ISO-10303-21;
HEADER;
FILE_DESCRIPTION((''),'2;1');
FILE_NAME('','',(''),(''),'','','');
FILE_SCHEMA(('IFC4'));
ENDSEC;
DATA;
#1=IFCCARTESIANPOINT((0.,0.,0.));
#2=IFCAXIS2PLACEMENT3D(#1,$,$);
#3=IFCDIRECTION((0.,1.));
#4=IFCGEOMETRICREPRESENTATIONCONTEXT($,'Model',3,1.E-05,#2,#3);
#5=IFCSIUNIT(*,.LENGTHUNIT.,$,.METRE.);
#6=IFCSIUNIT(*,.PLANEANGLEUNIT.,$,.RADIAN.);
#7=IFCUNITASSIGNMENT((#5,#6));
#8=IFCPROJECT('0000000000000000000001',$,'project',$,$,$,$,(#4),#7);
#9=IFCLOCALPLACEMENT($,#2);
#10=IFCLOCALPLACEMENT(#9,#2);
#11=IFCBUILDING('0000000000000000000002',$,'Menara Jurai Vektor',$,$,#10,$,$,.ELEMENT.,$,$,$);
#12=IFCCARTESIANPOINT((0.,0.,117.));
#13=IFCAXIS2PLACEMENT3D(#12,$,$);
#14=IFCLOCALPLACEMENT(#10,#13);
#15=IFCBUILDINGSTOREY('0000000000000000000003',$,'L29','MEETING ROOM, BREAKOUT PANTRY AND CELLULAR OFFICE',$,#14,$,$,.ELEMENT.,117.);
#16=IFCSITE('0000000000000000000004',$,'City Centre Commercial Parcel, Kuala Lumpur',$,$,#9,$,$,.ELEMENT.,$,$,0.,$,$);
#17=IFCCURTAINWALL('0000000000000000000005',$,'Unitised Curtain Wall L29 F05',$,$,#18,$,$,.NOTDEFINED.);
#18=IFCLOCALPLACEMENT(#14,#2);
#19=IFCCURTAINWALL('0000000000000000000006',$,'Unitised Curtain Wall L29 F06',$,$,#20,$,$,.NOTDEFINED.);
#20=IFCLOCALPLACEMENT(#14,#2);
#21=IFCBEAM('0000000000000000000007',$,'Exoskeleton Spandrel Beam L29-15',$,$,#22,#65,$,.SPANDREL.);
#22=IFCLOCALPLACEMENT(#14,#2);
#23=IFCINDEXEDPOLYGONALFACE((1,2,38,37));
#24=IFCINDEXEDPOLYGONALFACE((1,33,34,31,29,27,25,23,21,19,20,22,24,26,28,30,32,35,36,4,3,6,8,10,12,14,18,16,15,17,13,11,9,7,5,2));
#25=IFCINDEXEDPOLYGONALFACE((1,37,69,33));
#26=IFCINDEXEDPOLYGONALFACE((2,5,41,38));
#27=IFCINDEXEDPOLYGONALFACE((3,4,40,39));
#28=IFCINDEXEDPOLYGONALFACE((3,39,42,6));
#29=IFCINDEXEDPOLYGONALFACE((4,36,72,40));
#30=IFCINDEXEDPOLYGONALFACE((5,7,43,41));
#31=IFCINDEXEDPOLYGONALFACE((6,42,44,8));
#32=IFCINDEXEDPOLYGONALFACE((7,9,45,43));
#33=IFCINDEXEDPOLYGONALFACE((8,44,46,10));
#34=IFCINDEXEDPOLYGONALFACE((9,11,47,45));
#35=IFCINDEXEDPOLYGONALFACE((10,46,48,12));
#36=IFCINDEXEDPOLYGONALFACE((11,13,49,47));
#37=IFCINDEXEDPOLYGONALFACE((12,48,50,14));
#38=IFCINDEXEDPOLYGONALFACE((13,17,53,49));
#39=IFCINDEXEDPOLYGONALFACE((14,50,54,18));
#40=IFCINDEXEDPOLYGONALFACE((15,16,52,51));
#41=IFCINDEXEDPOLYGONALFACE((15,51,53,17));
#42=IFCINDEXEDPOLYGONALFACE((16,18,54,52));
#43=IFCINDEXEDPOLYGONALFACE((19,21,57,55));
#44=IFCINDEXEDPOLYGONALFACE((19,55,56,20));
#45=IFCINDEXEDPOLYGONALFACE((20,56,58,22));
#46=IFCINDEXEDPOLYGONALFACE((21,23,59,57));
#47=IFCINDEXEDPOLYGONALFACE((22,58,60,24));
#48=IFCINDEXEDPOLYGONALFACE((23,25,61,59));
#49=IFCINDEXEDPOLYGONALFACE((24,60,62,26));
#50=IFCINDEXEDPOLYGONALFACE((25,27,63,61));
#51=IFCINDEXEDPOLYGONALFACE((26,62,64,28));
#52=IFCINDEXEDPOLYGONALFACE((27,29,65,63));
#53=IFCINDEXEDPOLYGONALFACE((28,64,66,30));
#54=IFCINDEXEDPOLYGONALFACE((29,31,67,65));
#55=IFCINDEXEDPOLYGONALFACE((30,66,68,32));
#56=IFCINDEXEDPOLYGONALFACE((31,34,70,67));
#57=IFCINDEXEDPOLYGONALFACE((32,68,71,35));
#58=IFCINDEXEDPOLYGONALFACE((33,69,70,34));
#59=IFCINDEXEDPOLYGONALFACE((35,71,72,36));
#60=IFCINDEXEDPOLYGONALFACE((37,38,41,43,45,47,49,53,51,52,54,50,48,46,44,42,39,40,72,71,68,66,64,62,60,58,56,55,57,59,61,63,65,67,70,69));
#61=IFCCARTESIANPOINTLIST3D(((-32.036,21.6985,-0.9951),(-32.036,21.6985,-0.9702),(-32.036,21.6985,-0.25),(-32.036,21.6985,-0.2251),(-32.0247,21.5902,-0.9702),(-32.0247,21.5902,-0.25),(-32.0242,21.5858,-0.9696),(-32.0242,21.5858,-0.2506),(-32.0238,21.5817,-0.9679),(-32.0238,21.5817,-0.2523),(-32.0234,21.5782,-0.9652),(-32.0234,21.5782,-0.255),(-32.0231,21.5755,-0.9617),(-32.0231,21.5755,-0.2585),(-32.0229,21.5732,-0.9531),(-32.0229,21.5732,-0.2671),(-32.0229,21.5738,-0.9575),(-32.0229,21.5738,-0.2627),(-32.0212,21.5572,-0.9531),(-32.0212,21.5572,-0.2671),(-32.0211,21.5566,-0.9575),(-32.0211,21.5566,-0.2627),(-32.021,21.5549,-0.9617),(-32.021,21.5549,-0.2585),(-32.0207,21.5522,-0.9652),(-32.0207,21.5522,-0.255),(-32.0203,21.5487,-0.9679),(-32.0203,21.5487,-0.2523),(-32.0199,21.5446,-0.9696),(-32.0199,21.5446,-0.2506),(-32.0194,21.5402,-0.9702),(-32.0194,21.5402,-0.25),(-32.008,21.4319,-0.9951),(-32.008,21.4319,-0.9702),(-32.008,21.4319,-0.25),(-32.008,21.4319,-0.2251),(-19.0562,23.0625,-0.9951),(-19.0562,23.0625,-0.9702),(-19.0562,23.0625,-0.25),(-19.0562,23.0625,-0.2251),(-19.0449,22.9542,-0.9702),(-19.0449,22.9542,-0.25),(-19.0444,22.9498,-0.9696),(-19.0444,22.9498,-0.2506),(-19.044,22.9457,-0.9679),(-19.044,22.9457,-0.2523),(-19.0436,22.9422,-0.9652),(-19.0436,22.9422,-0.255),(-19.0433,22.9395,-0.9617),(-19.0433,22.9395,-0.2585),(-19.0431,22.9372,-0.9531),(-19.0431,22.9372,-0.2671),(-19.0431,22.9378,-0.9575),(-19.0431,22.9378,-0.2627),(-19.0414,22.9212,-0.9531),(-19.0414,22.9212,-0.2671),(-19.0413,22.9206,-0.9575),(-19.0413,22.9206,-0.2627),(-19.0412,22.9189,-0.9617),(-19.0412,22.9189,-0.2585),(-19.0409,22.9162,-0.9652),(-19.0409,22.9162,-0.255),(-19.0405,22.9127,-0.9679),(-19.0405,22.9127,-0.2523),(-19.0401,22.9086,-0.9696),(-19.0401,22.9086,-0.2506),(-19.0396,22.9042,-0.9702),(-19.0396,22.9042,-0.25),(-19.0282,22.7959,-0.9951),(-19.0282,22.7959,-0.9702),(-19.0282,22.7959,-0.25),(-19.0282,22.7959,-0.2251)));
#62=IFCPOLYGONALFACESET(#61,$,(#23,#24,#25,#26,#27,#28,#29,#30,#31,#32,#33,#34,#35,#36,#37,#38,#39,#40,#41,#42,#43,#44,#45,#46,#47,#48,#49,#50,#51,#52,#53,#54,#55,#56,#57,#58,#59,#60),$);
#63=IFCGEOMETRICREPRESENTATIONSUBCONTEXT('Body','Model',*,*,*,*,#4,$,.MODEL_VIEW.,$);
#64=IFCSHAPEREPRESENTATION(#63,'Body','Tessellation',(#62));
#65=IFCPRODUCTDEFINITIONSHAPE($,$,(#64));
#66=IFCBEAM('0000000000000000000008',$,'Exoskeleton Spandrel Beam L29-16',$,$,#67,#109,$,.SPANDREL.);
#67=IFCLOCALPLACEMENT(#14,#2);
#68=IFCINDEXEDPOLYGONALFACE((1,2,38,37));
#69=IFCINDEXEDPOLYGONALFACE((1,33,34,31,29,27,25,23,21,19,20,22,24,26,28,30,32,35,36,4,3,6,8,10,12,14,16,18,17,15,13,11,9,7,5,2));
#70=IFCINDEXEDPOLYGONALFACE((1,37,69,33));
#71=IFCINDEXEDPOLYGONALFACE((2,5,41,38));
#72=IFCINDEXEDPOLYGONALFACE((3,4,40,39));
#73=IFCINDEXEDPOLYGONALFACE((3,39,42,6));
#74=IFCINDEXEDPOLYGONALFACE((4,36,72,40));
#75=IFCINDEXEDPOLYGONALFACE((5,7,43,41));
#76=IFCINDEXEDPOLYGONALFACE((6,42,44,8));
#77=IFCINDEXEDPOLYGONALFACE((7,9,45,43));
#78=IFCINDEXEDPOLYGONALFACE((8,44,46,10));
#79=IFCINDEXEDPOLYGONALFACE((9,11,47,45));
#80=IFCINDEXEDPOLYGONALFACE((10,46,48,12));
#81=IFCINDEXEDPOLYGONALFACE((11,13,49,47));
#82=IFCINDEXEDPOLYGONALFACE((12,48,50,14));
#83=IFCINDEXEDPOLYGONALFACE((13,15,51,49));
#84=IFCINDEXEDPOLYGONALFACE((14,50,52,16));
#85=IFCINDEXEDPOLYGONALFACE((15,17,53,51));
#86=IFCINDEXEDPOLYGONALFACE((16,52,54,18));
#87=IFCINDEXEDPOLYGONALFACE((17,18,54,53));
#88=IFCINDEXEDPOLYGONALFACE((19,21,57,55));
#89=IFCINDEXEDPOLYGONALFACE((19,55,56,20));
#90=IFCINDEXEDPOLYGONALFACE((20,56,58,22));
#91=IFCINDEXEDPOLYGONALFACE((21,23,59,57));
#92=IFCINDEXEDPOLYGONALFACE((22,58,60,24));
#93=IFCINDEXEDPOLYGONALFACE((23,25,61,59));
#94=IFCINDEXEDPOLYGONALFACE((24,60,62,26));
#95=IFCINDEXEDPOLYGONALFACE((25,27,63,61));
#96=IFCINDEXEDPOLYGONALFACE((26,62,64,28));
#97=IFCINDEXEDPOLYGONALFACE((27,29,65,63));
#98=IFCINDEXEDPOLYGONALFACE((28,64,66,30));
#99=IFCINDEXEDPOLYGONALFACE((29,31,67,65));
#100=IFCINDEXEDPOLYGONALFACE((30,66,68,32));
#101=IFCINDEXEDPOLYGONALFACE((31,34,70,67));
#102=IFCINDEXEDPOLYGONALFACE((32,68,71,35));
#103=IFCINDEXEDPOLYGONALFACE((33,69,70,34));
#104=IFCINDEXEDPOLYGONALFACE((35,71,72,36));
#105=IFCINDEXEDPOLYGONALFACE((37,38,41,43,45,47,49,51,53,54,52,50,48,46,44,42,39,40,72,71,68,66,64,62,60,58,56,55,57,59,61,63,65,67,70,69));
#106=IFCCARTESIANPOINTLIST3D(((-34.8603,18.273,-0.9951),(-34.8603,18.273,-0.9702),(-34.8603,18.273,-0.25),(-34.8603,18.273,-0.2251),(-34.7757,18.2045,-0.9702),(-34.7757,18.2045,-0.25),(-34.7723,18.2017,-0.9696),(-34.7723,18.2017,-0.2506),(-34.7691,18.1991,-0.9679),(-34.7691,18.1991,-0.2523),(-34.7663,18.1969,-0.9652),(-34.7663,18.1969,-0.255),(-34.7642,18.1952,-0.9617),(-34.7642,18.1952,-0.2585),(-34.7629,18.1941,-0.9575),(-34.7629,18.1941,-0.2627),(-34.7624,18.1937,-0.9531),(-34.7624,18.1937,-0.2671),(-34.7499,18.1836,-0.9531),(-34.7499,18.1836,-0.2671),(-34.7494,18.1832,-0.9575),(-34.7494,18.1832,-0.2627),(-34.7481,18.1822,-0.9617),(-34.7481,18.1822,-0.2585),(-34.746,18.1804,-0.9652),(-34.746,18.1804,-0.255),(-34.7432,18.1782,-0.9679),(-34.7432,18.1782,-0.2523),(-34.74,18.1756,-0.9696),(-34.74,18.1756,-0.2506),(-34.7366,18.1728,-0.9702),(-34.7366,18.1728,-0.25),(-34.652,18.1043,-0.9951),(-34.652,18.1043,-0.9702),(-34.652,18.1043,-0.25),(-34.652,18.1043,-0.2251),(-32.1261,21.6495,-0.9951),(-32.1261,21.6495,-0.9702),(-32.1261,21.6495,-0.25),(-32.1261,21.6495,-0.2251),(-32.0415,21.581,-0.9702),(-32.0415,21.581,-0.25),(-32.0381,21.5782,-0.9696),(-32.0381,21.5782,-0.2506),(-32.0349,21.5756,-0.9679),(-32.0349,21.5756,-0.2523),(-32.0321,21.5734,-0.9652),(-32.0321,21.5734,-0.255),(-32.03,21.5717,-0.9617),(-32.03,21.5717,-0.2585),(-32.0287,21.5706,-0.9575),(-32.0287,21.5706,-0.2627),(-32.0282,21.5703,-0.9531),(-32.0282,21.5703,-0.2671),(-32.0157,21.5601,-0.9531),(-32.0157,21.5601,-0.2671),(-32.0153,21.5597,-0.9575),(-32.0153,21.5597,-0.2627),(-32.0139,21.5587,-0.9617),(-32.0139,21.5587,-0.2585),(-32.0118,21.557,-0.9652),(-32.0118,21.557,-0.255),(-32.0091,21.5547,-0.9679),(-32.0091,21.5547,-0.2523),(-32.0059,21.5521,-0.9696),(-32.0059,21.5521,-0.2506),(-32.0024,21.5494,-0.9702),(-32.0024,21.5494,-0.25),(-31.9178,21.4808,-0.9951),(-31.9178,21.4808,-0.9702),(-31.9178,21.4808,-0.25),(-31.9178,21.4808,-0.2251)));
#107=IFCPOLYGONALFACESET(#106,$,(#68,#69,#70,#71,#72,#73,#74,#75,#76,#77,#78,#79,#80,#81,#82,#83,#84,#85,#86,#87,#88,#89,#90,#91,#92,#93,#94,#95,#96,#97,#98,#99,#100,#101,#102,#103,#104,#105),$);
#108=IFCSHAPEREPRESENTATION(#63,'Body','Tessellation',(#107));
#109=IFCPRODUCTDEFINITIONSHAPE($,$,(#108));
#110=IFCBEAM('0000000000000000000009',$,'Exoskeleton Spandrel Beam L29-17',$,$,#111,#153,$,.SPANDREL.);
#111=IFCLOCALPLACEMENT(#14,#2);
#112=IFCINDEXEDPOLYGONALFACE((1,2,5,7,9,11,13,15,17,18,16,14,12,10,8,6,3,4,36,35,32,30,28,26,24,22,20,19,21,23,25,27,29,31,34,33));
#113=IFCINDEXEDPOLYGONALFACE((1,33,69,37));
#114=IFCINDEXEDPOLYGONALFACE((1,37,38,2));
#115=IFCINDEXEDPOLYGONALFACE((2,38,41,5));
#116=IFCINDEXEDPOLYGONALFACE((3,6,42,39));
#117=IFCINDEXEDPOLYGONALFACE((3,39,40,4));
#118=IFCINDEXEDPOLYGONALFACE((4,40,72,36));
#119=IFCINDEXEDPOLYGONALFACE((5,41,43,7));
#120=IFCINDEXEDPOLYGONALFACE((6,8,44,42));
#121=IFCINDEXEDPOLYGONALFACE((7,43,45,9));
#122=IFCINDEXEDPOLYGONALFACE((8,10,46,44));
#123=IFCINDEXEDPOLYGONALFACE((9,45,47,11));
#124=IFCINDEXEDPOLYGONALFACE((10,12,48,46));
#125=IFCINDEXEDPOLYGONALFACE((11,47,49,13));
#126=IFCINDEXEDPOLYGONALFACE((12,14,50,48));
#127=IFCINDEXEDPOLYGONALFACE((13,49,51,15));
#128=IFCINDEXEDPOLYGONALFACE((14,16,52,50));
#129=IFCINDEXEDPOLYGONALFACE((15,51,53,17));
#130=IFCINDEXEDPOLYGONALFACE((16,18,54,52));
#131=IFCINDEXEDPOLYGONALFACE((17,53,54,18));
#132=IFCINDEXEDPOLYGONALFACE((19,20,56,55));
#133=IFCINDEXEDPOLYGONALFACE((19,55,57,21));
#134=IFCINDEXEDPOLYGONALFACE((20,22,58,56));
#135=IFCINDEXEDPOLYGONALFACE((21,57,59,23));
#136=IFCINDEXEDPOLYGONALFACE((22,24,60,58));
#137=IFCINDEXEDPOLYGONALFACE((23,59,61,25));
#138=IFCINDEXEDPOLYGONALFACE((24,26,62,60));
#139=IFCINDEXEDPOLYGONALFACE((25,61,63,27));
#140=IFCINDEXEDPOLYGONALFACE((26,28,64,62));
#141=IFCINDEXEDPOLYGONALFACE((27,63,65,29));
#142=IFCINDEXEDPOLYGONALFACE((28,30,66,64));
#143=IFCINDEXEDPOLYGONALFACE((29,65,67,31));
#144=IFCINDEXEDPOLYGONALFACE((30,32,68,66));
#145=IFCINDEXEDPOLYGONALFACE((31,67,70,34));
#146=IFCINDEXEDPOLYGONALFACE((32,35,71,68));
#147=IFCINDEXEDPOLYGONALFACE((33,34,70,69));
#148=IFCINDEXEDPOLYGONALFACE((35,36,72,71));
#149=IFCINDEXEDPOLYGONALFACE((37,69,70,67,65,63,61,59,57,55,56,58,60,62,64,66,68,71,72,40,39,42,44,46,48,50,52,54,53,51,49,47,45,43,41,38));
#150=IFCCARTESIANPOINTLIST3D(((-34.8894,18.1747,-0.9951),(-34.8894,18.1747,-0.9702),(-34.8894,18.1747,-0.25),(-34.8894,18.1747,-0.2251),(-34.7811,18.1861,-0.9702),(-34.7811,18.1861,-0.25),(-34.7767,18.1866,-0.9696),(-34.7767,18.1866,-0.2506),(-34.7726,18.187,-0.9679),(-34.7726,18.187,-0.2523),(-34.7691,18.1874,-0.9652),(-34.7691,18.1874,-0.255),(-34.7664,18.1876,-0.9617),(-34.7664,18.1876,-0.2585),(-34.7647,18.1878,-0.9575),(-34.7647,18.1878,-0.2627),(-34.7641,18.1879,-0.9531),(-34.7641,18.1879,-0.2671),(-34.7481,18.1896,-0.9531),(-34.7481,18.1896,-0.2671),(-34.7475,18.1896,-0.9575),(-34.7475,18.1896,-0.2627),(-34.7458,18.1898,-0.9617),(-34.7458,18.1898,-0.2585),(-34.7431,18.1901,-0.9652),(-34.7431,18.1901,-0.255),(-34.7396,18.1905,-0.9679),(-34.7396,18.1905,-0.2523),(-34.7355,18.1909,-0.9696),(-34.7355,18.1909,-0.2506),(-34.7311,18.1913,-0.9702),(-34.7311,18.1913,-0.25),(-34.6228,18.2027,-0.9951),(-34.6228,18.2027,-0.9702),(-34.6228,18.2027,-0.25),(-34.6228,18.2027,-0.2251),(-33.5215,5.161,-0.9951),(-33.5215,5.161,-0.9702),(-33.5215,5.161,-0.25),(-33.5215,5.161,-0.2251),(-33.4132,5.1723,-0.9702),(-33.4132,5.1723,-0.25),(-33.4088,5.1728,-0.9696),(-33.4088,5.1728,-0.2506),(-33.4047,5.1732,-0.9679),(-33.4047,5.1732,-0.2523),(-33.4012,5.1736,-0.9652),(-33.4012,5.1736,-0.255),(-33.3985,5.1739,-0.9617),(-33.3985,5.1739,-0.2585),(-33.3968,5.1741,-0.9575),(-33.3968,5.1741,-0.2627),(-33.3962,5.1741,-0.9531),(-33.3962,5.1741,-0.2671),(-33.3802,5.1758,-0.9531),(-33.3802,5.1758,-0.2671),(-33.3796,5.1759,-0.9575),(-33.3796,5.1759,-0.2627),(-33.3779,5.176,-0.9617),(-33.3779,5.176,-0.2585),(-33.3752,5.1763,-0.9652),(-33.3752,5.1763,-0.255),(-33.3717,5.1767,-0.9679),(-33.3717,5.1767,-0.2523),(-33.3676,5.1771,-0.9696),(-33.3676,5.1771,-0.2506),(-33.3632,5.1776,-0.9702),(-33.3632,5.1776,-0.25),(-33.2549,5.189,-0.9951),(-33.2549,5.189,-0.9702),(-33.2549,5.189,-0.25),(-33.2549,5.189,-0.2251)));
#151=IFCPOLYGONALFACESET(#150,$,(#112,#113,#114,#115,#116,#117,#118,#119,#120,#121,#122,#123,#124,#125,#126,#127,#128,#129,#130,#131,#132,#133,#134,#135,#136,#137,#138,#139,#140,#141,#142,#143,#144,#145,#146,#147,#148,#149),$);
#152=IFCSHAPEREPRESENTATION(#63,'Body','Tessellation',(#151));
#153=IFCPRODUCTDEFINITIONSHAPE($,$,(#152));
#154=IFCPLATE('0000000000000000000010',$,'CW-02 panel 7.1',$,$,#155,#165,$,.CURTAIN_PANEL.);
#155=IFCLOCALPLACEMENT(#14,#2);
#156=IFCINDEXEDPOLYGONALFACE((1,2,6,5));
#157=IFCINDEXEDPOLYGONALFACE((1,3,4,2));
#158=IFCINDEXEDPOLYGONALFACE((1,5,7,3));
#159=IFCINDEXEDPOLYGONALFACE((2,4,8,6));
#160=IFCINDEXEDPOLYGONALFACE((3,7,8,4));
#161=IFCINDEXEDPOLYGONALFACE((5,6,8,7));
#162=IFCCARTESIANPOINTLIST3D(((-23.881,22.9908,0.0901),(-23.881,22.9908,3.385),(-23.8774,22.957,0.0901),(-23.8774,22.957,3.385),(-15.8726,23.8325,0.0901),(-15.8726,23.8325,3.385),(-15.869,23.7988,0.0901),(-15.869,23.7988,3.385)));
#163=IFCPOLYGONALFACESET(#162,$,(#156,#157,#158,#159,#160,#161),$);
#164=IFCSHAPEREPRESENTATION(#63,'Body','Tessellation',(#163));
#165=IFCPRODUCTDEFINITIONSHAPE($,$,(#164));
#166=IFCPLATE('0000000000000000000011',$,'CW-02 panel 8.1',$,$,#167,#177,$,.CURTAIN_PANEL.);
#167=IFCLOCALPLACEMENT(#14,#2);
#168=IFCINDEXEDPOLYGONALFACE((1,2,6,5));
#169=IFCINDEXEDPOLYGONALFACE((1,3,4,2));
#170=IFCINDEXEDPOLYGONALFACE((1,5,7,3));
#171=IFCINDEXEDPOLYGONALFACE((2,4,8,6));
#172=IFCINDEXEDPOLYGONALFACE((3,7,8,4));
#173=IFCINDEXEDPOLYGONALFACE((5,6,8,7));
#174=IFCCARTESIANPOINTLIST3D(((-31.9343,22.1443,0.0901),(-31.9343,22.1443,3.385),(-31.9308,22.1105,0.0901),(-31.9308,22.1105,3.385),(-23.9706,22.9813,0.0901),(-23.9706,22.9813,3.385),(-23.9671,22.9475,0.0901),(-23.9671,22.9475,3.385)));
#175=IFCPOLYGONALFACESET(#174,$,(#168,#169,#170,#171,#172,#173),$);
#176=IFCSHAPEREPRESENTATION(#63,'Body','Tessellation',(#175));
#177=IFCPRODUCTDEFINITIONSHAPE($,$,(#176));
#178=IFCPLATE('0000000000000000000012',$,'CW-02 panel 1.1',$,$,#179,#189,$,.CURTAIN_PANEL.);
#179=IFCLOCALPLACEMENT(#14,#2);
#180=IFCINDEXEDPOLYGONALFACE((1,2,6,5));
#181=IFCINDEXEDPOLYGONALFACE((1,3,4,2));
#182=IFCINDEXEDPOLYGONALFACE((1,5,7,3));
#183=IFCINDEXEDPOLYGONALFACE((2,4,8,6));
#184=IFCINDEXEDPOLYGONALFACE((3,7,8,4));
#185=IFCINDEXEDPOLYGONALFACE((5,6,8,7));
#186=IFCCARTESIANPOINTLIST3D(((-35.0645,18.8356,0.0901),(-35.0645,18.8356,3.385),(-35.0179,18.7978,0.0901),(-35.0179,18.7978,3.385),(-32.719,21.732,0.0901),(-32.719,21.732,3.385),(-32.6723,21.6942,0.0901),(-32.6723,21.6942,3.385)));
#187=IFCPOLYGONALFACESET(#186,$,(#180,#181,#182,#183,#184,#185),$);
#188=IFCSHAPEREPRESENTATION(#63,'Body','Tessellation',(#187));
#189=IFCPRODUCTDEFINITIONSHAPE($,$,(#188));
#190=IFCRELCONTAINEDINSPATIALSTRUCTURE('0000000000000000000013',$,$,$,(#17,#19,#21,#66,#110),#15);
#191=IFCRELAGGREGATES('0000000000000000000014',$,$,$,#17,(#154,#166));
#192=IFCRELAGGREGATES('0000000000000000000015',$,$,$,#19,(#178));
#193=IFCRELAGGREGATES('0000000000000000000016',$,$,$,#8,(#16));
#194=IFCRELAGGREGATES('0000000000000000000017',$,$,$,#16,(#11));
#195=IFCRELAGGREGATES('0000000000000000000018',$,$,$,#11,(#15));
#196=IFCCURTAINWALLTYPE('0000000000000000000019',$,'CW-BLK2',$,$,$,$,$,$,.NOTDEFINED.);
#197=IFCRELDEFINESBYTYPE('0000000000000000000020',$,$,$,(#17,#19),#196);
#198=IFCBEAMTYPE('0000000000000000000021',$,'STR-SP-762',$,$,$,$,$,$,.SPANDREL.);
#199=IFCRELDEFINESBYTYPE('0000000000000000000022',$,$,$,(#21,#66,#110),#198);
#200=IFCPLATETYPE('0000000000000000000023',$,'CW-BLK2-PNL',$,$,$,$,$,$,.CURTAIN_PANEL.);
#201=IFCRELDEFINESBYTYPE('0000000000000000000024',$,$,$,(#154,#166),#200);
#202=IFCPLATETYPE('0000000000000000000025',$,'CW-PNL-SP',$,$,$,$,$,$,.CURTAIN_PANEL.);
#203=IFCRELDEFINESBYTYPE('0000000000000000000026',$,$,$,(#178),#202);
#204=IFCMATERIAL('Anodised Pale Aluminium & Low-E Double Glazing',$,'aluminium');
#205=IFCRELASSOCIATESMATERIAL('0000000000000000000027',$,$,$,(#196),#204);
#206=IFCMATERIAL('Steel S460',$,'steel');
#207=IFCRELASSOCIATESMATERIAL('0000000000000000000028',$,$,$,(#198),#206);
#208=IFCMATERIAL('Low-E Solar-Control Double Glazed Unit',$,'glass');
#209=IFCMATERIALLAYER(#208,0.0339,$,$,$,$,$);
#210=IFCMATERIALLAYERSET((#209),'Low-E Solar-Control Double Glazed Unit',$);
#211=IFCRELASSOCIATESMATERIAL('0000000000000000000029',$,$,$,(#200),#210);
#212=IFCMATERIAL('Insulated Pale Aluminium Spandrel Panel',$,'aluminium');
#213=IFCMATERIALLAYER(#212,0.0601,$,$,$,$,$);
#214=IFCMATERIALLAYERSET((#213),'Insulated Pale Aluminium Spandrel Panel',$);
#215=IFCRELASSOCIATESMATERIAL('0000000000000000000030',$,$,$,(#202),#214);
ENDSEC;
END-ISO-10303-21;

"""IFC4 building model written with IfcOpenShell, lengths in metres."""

from ifc_helpers import new_model, si_unit, direction, frame, origin, origin_2d, place, context, subcontext, project, spatial, rectangle, i_section, extrude, material, layer, layer_set, material_profile, profile_set, type_object, element, aggregate, save


model = new_model("IFC4")

# Units and contexts
model_context = context("Model", 3, precision=1e-05, world=origin(), true_north=direction((0.0, 1.0)))
body_context = subcontext(model_context, "Body", "Model", "MODEL_VIEW")
ifc_project = project(units=[si_unit("LENGTHUNIT", "METRE"), si_unit("PLANEANGLEUNIT", "RADIAN")], contexts=[model_context])

# Site, building, storey
site_placement = place(None, origin())
site = spatial("IfcSite", under=ifc_project, at=site_placement, Name="City Centre Commercial Parcel, Kuala Lumpur", CompositionType="ELEMENT", RefElevation=0.0)
building_placement = place(site_placement, origin())
building = spatial("IfcBuilding", under=site, at=building_placement, Name="Menara Jurai Vektor", CompositionType="ELEMENT")
storey_placement = place(building_placement, frame((0.0, 0.0, 117.0)))
storey = spatial("IfcBuildingStorey", under=building, at=storey_placement, Name="L29", Description="MEETING ROOM, BREAKOUT PANTRY AND CELLULAR OFFICE", CompositionType="ELEMENT", Elevation=117.0)

# Shared definitions
ifc_material_1 = material(Name="Steel S460", Category="steel")

# Curtain walls
ifc_material_2 = material(Name="Anodised Pale Aluminium & Low-E Double Glazing", Category="aluminium")
curtain_wall_type = type_object("IfcCurtainWallType", Name="CW-BLK2", PredefinedType="NOTDEFINED", material=ifc_material_2)
curtain_wall_1_placement = place(storey_placement, origin())
curtain_wall_1 = element("IfcCurtainWall", 1, at=curtain_wall_1_placement, inside=storey, type_object=curtain_wall_type, Name="Unitised Curtain Wall L29 F05", PredefinedType="NOTDEFINED")
curtain_wall_2_placement = place(storey_placement, origin())
curtain_wall_2 = element("IfcCurtainWall", 2, at=curtain_wall_2_placement, inside=storey, type_object=curtain_wall_type, Name="Unitised Curtain Wall L29 F06", PredefinedType="NOTDEFINED")

# Beams
ifc_material_profile_1 = material_profile(ifc_material_1, i_section(OverallWidth=0.2681, OverallDepth=0.77, WebThickness=0.0161, FlangeThickness=0.0249, FilletRadius=0.0171, at=origin_2d()), Name="UKB 762x267x197")
ifc_profile_set_1 = profile_set([ifc_material_profile_1], Name="Steel S460")
beam_type_1 = type_object("IfcBeamType", Name="STR-SP-762", PredefinedType="SPANDREL", material=ifc_profile_set_1)
beam_1_placement = place(storey_placement, frame((-19.0422, 22.9292, -0.6101), z_axis=(-0.994524, -0.104512, 0.0), x_axis=(0.104512, -0.994524, 0.0)))
element("IfcBeam", 3, at=beam_1_placement, inside=storey, type_object=beam_type_1, Name="Exoskeleton Spandrel Beam L29-15", PredefinedType="SPANDREL", context=body_context, shape_type="SweptSolid", body=[
    extrude(i_section(OverallWidth=0.2681, OverallDepth=0.77, WebThickness=0.0161, FlangeThickness=0.0249, FilletRadius=0.0171, at=origin_2d()), origin(), (0.0, 0.0, 1.0), 13.0513),
])
beam_2_placement = place(storey_placement, frame((-32.022, 21.5652, -0.6101), z_axis=(-0.62931, -0.777155, 0.0), x_axis=(0.777155, -0.62931, 0.0)))
element("IfcBeam", 4, at=beam_2_placement, inside=storey, type_object=beam_type_1, Name="Exoskeleton Spandrel Beam L29-16", PredefinedType="SPANDREL", context=body_context, shape_type="SweptSolid", body=[
    extrude(i_section(OverallWidth=0.2681, OverallDepth=0.77, WebThickness=0.0161, FlangeThickness=0.0249, FilletRadius=0.0171, at=origin_2d()), origin(), (0.0, 0.0, 1.0), 4.3447),
])
beam_3_placement = place(storey_placement, frame((-34.7561, 18.1887, -0.6101), z_axis=(0.104538, -0.994521, 0.0), x_axis=(0.994521, 0.104538, 0.0)))
element("IfcBeam", 5, at=beam_3_placement, inside=storey, type_object=beam_type_1, Name="Exoskeleton Spandrel Beam L29-17", PredefinedType="SPANDREL", context=body_context, shape_type="SweptSolid", body=[
    extrude(i_section(OverallWidth=0.2681, OverallDepth=0.77, WebThickness=0.0161, FlangeThickness=0.0249, FilletRadius=0.0171, at=origin_2d()), origin(), (0.0, 0.0, 1.0), 13.0854),
])

# Plates
ifc_material_3 = material(Name="Low-E Solar-Control Double Glazed Unit", Category="glass")
ifc_layer_1 = layer(ifc_material_3, 0.0339)
ifc_layer_set_1 = layer_set([ifc_layer_1], Name="Low-E Solar-Control Double Glazed Unit")
plate_type_1 = type_object("IfcPlateType", Name="CW-BLK2-PNL", PredefinedType="CURTAIN_PANEL", material=ifc_layer_set_1)
plate_1_placement = place(storey_placement, frame((-19.875, 23.3948, 0.0901), z_axis=(0.0, 0.0, 1.0), x_axis=(-0.994522, -0.104529, 0.0)))
plate_1 = element("IfcPlate", 6, at=plate_1_placement, type_object=plate_type_1, Name="CW-02 panel 7.1", PredefinedType="CURTAIN_PANEL", context=body_context, shape_type="SweptSolid", body=[
    extrude(rectangle(XDim=8.0525, YDim=0.0339, at=origin_2d()), origin(), (0.0, 0.0, 1.0), 3.2949),
])
plate_2_placement = place(storey_placement, frame((-27.9507, 22.5459, 0.0901), z_axis=(0.0, 0.0, 1.0), x_axis=(-0.994522, -0.104529, 0.0)))
plate_2 = element("IfcPlate", 7, at=plate_2_placement, type_object=plate_type_1, Name="CW-02 panel 8.1", PredefinedType="CURTAIN_PANEL", context=body_context, shape_type="SweptSolid", body=[
    extrude(rectangle(XDim=8.0076, YDim=0.0339, at=origin_2d()), origin(), (0.0, 0.0, 1.0), 3.2949),
])
aggregate(curtain_wall_1, [plate_1, plate_2])
ifc_material_4 = material(Name="Insulated Pale Aluminium Spandrel Panel", Category="aluminium")
ifc_layer_2 = layer(ifc_material_4, 0.0601)
ifc_layer_set_2 = layer_set([ifc_layer_2], Name="Insulated Pale Aluminium Spandrel Panel")
plate_type_2 = type_object("IfcPlateType", Name="CW-PNL-SP", PredefinedType="CURTAIN_PANEL", material=ifc_layer_set_2)
plate_3_placement = place(storey_placement, frame((-33.8684, 20.2649, 0.0901), z_axis=(0.0, 0.0, 1.0), x_axis=(-0.629341, -0.777129, 0.0)))
plate_3 = element("IfcPlate", 8, at=plate_3_placement, type_object=plate_type_2, Name="CW-02 panel 1.1", PredefinedType="CURTAIN_PANEL", context=body_context, shape_type="SweptSolid", body=[
    extrude(rectangle(XDim=3.7271, YDim=0.0601, at=origin_2d()), origin(), (0.0, 0.0, 1.0), 3.2949),
])
aggregate(curtain_wall_2, [plate_3])

save(model, "model.ifc")
